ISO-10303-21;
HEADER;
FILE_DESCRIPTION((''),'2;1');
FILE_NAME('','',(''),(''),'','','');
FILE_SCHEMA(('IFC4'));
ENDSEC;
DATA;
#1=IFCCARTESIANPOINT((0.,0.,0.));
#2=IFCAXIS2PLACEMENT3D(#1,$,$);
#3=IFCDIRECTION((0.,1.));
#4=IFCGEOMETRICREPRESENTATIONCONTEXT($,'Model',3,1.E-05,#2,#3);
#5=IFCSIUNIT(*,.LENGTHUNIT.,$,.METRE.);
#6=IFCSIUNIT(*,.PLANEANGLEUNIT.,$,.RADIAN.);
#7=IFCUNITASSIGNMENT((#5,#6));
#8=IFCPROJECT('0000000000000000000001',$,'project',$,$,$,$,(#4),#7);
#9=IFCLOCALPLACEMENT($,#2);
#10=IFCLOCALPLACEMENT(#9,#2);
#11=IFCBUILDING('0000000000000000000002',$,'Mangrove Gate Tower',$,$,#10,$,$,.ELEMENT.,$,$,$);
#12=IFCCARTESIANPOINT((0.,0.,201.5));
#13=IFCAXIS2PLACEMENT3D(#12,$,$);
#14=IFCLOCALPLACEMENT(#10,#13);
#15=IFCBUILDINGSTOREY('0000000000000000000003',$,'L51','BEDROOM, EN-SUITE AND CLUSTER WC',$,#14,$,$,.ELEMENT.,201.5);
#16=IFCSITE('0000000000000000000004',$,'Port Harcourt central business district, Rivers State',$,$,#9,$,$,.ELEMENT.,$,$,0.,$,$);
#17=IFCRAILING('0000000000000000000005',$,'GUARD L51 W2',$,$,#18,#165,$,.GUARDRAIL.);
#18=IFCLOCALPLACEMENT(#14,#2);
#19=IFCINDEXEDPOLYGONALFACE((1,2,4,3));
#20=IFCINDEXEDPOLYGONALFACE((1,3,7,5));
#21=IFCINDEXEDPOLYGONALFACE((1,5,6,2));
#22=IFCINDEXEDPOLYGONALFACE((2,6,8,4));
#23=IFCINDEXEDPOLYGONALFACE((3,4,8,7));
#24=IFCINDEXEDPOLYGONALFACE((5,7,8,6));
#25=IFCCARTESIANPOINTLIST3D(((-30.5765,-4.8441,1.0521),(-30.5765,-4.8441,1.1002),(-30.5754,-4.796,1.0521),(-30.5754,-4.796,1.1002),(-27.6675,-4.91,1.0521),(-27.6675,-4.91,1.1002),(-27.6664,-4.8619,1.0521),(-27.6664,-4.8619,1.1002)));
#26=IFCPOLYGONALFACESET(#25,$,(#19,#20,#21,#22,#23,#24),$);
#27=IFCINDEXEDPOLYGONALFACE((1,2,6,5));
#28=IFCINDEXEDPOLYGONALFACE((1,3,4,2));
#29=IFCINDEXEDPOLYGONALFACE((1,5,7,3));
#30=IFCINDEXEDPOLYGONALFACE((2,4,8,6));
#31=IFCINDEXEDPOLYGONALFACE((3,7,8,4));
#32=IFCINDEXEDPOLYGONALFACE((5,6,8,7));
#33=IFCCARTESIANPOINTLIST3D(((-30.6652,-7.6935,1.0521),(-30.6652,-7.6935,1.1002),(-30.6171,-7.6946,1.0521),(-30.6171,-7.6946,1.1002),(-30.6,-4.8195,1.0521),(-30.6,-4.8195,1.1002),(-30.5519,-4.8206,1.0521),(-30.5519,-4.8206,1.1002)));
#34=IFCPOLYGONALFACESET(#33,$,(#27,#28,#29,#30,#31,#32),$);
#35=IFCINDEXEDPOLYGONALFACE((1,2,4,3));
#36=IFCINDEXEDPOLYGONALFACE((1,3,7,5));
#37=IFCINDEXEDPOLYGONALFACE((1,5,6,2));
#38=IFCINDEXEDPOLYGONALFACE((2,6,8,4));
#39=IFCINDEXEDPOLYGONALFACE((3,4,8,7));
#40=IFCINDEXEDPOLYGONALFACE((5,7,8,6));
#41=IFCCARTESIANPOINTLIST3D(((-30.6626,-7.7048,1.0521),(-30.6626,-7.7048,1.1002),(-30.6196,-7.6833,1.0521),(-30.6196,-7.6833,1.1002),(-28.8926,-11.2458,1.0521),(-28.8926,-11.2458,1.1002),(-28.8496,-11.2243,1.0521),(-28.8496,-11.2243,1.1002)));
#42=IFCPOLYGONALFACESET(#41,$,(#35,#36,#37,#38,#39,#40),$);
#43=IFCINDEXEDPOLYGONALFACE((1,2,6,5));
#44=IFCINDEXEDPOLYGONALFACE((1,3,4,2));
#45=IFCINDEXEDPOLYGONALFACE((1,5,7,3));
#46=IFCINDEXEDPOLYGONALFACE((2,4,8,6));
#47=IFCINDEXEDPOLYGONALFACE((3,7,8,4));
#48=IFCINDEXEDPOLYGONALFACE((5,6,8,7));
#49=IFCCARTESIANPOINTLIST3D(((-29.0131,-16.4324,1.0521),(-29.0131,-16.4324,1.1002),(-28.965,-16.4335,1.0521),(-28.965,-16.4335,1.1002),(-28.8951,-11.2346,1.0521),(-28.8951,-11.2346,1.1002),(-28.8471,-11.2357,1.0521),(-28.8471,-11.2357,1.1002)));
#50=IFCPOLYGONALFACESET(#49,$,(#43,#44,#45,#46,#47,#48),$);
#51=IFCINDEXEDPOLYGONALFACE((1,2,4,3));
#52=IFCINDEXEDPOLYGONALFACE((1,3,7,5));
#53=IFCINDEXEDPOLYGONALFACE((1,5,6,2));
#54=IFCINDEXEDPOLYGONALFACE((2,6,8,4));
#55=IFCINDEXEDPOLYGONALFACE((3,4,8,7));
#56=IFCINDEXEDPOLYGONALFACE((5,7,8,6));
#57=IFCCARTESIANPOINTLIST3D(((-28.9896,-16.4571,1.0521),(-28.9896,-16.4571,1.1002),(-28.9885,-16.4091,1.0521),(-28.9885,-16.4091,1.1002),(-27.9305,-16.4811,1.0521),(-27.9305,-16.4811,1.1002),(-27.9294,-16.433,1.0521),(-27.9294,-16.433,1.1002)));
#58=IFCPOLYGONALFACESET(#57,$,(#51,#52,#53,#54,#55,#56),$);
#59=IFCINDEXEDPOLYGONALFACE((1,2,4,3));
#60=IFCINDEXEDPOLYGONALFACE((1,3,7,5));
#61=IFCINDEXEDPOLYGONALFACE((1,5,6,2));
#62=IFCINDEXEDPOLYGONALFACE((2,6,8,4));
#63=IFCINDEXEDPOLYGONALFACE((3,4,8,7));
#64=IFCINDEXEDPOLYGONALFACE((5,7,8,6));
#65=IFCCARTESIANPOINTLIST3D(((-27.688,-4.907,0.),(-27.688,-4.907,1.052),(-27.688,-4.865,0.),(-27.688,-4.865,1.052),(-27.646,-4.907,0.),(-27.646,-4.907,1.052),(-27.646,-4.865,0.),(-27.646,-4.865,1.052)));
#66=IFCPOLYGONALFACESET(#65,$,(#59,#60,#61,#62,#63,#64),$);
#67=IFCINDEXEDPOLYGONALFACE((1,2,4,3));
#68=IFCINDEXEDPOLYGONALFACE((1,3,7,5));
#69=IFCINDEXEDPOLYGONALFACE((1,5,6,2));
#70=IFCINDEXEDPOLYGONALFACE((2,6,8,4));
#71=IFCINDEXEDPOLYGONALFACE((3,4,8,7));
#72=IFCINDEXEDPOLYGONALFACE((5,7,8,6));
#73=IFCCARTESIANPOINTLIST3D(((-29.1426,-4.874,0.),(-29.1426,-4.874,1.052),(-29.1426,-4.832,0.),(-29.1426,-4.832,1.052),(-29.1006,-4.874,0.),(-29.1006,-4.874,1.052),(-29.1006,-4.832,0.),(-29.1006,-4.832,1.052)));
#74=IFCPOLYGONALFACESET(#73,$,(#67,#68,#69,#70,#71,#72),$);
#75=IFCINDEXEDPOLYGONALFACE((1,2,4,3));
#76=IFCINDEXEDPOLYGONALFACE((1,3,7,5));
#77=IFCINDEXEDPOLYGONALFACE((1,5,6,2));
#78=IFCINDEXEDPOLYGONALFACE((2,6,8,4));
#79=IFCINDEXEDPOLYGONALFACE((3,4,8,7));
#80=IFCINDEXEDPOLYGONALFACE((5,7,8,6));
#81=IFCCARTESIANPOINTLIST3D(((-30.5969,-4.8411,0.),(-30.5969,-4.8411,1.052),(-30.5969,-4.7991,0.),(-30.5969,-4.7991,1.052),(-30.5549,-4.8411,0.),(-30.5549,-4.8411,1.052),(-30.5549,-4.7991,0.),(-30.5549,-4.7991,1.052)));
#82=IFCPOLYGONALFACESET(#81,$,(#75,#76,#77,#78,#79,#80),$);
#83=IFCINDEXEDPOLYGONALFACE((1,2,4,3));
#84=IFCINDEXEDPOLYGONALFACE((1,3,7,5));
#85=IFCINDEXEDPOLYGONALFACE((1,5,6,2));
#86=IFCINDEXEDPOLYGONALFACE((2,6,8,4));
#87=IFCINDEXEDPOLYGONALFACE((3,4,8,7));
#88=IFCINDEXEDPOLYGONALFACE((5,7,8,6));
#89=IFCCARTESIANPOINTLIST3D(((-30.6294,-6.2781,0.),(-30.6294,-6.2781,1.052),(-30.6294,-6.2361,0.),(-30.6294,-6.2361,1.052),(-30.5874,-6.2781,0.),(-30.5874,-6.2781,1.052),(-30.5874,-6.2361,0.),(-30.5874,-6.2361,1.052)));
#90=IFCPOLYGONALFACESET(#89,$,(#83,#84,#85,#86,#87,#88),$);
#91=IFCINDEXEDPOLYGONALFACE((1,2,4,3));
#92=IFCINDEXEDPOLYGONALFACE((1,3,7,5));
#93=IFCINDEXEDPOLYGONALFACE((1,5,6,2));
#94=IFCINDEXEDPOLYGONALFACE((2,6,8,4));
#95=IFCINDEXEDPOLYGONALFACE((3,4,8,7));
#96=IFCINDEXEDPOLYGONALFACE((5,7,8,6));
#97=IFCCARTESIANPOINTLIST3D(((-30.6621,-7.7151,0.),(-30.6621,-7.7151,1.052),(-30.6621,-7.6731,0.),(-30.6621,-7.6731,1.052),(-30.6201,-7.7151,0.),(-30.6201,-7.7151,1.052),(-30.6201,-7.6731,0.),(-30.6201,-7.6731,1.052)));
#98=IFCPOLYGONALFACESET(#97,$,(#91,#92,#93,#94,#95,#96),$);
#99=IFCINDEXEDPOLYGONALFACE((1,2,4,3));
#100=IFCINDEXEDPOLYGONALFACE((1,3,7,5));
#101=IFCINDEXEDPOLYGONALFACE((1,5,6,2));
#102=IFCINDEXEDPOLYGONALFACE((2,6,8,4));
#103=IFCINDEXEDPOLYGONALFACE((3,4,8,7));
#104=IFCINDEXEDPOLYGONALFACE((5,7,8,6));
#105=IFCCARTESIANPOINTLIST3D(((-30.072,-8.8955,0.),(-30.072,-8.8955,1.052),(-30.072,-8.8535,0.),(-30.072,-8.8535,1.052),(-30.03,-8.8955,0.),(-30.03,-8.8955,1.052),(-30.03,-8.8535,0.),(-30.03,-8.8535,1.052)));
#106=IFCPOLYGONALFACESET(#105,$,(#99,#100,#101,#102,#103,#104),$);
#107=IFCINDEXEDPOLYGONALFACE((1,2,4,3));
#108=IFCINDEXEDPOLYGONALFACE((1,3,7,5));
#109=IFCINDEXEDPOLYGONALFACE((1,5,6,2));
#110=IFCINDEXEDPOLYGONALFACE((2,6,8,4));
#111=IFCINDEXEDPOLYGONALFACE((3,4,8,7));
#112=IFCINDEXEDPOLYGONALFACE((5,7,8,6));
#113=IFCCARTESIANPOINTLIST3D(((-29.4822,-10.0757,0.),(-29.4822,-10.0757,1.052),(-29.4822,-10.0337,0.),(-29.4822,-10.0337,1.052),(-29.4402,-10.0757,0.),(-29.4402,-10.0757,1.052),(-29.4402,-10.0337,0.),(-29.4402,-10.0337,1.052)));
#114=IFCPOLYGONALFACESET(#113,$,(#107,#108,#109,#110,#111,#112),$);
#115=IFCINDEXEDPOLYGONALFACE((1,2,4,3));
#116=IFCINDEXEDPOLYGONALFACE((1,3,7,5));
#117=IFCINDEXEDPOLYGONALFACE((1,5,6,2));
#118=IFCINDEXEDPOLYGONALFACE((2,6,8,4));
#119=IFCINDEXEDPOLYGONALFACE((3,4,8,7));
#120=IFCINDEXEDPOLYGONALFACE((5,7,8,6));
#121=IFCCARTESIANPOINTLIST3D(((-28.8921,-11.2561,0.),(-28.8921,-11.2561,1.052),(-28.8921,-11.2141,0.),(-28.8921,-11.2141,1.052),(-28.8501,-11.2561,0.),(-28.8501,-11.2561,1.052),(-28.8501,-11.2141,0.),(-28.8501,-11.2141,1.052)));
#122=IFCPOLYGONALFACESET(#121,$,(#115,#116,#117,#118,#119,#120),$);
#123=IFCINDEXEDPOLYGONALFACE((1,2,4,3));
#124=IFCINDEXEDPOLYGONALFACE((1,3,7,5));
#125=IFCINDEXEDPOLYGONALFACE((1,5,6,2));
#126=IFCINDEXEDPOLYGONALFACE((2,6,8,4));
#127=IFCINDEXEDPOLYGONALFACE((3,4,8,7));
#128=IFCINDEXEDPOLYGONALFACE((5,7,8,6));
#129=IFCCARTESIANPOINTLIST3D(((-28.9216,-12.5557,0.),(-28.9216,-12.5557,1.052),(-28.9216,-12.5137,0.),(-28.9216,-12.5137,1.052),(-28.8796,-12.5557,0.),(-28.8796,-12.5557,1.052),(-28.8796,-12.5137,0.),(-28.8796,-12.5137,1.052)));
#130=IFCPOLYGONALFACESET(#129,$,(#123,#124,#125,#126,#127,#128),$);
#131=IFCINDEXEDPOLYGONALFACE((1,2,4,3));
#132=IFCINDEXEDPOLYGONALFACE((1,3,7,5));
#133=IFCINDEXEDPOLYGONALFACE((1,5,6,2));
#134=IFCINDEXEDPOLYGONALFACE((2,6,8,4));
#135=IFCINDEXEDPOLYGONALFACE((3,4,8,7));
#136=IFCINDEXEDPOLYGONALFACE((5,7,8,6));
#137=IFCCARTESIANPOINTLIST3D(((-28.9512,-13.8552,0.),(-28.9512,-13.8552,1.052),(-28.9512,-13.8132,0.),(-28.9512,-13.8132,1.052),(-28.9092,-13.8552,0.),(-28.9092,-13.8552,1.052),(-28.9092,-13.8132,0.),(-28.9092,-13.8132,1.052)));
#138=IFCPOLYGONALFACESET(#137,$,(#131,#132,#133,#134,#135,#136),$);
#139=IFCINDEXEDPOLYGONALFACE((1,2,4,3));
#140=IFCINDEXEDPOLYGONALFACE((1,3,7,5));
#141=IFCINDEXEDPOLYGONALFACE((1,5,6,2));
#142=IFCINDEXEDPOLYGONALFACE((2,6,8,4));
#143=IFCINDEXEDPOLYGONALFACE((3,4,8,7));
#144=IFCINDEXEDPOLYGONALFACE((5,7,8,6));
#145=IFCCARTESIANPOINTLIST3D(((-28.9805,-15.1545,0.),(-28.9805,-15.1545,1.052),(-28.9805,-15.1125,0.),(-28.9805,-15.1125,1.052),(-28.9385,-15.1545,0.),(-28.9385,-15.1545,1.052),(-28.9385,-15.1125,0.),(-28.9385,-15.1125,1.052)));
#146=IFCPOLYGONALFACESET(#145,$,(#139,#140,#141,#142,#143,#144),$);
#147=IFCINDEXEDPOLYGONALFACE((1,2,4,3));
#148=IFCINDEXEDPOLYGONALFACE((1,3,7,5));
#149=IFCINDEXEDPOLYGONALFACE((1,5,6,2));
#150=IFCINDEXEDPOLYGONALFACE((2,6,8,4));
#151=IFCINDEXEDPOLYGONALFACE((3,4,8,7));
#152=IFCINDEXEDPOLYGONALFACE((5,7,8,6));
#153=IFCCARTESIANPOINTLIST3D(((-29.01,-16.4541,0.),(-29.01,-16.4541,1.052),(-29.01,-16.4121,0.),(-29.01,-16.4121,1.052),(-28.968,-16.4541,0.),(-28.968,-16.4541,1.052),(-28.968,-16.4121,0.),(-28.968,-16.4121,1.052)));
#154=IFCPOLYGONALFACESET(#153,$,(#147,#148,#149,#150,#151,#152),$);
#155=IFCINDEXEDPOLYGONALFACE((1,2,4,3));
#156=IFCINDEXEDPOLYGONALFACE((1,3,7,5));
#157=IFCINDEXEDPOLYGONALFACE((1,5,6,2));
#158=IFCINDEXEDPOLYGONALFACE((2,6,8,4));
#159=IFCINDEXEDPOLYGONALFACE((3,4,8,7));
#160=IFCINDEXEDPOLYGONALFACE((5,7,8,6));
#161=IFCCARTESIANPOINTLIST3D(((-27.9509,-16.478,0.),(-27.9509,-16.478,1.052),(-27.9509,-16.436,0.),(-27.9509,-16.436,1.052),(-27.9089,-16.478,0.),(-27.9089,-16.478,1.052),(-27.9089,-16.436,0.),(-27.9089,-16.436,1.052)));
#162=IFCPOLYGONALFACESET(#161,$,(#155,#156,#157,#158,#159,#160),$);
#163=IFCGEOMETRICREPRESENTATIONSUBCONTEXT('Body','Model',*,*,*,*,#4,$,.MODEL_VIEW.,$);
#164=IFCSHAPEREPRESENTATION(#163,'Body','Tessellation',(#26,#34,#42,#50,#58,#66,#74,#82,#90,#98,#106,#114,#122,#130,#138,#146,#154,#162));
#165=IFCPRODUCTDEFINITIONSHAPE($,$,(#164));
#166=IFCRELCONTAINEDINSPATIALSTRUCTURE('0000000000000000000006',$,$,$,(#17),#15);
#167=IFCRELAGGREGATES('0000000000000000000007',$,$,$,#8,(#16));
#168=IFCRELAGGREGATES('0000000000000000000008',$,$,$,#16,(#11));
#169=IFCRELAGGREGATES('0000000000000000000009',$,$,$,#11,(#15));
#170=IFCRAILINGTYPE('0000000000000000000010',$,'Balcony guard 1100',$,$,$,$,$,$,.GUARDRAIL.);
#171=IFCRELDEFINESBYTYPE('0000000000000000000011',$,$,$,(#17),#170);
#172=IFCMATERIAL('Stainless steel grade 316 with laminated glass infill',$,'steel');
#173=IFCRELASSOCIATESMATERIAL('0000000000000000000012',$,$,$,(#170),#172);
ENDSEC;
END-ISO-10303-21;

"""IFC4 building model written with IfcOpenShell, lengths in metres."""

from ifc_helpers import new_model, si_unit, direction, frame, origin, origin_2d, place, context, subcontext, project, spatial, rectangle, extrude, material, type_object, element, save


model = new_model("IFC4")

# Units and contexts
model_context = context("Model", 3, precision=1e-05, world=origin(), true_north=direction((0.0, 1.0)))
body_context = subcontext(model_context, "Body", "Model", "MODEL_VIEW")
ifc_project = project(units=[si_unit("LENGTHUNIT", "METRE"), si_unit("PLANEANGLEUNIT", "RADIAN")], contexts=[model_context])

# Site, building, storey
site_placement = place(None, origin())
site = spatial("IfcSite", under=ifc_project, at=site_placement, Name="Port Harcourt central business district, Rivers State", CompositionType="ELEMENT", RefElevation=0.0)
building_placement = place(site_placement, origin())
building = spatial("IfcBuilding", under=site, at=building_placement, Name="Mangrove Gate Tower", CompositionType="ELEMENT")
storey_placement = place(building_placement, frame((0.0, 0.0, 201.5)))
storey = spatial("IfcBuildingStorey", under=building, at=storey_placement, Name="L51", Description="BEDROOM, EN-SUITE AND CLUSTER WC", CompositionType="ELEMENT", Elevation=201.5)

# Railing
ifc_material_1 = material(Name="Stainless steel grade 316 with laminated glass infill", Category="steel")
railing_type = type_object("IfcRailingType", Name="Balcony guard 1100", PredefinedType="GUARDRAIL", material=ifc_material_1)
railing_placement = place(storey_placement, frame((-27.667, -4.886, 0.0)))
element("IfcRailing", 1, at=railing_placement, inside=storey, type_object=railing_type, Name="GUARD L51 W2", PredefinedType="GUARDRAIL", context=body_context, shape_type="SweptSolid", body=[
    extrude(rectangle(XDim=0.0481, YDim=0.0481, at=origin_2d()), frame((0.0, 0.0, 1.0762), z_axis=(-0.999743, 0.022655, 0.0), x_axis=(-0.022655, -0.999743, 0.0)), (0.0, 0.0, 1.0), 2.9097),
    extrude(rectangle(XDim=0.0481, YDim=0.0481, at=origin_2d()), frame((-2.9089, 0.0659, 1.0762), z_axis=(-0.022675, -0.999743, 0.0), x_axis=(0.999743, -0.022675, 0.0)), (0.0, 0.0, 1.0), 2.8748),
    extrude(rectangle(XDim=0.0481, YDim=0.0481, at=origin_2d()), frame((-2.9741, -2.8081, 1.0762), z_axis=(0.447115, -0.894477, 0.0), x_axis=(0.894477, 0.447115, 0.0)), (0.0, 0.0, 1.0), 3.9587),
    extrude(rectangle(XDim=0.0481, YDim=0.0481, at=origin_2d()), frame((-1.2041, -6.3491, 1.0762), z_axis=(-0.02268, -0.999743, 0.0), x_axis=(0.999743, -0.02268, 0.0)), (0.0, 0.0, 1.0), 5.1992),
    extrude(rectangle(XDim=0.0481, YDim=0.0481, at=origin_2d()), frame((-1.322, -11.5471, 1.0762), z_axis=(0.999745, -0.022585, 0.0), x_axis=(0.022585, 0.999745, 0.0)), (0.0, 0.0, 1.0), 1.0593),
    extrude(rectangle(XDim=0.042, YDim=0.042, at=origin_2d()), origin(), (0.0, 0.0, 1.0), 1.052),
    extrude(rectangle(XDim=0.042, YDim=0.042, at=origin_2d()), frame((-1.4546, 0.033, 0.0)), (0.0, 0.0, 1.0), 1.052),
    extrude(rectangle(XDim=0.042, YDim=0.042, at=origin_2d()), frame((-2.9089, 0.0659, 0.0)), (0.0, 0.0, 1.0), 1.052),
    extrude(rectangle(XDim=0.042, YDim=0.042, at=origin_2d()), frame((-2.9414, -1.3711, 0.0)), (0.0, 0.0, 1.0), 1.052),
    extrude(rectangle(XDim=0.042, YDim=0.042, at=origin_2d()), frame((-2.9741, -2.8081, 0.0)), (0.0, 0.0, 1.0), 1.052),
    extrude(rectangle(XDim=0.042, YDim=0.042, at=origin_2d()), frame((-2.384, -3.9885, 0.0)), (0.0, 0.0, 1.0), 1.052),
    extrude(rectangle(XDim=0.042, YDim=0.042, at=origin_2d()), frame((-1.7942, -5.1687, 0.0)), (0.0, 0.0, 1.0), 1.052),
    extrude(rectangle(XDim=0.042, YDim=0.042, at=origin_2d()), frame((-1.2041, -6.3491, 0.0)), (0.0, 0.0, 1.0), 1.052),
    extrude(rectangle(XDim=0.042, YDim=0.042, at=origin_2d()), frame((-1.2336, -7.6487, 0.0)), (0.0, 0.0, 1.0), 1.052),
    extrude(rectangle(XDim=0.042, YDim=0.042, at=origin_2d()), frame((-1.2632, -8.9482, 0.0)), (0.0, 0.0, 1.0), 1.052),
    extrude(rectangle(XDim=0.042, YDim=0.042, at=origin_2d()), frame((-1.2925, -10.2476, 0.0)), (0.0, 0.0, 1.0), 1.052),
    extrude(rectangle(XDim=0.042, YDim=0.042, at=origin_2d()), frame((-1.322, -11.5471, 0.0)), (0.0, 0.0, 1.0), 1.052),
    extrude(rectangle(XDim=0.042, YDim=0.042, at=origin_2d()), frame((-0.2629, -11.571, 0.0)), (0.0, 0.0, 1.0), 1.052),
])

save(model, "model.ifc")
